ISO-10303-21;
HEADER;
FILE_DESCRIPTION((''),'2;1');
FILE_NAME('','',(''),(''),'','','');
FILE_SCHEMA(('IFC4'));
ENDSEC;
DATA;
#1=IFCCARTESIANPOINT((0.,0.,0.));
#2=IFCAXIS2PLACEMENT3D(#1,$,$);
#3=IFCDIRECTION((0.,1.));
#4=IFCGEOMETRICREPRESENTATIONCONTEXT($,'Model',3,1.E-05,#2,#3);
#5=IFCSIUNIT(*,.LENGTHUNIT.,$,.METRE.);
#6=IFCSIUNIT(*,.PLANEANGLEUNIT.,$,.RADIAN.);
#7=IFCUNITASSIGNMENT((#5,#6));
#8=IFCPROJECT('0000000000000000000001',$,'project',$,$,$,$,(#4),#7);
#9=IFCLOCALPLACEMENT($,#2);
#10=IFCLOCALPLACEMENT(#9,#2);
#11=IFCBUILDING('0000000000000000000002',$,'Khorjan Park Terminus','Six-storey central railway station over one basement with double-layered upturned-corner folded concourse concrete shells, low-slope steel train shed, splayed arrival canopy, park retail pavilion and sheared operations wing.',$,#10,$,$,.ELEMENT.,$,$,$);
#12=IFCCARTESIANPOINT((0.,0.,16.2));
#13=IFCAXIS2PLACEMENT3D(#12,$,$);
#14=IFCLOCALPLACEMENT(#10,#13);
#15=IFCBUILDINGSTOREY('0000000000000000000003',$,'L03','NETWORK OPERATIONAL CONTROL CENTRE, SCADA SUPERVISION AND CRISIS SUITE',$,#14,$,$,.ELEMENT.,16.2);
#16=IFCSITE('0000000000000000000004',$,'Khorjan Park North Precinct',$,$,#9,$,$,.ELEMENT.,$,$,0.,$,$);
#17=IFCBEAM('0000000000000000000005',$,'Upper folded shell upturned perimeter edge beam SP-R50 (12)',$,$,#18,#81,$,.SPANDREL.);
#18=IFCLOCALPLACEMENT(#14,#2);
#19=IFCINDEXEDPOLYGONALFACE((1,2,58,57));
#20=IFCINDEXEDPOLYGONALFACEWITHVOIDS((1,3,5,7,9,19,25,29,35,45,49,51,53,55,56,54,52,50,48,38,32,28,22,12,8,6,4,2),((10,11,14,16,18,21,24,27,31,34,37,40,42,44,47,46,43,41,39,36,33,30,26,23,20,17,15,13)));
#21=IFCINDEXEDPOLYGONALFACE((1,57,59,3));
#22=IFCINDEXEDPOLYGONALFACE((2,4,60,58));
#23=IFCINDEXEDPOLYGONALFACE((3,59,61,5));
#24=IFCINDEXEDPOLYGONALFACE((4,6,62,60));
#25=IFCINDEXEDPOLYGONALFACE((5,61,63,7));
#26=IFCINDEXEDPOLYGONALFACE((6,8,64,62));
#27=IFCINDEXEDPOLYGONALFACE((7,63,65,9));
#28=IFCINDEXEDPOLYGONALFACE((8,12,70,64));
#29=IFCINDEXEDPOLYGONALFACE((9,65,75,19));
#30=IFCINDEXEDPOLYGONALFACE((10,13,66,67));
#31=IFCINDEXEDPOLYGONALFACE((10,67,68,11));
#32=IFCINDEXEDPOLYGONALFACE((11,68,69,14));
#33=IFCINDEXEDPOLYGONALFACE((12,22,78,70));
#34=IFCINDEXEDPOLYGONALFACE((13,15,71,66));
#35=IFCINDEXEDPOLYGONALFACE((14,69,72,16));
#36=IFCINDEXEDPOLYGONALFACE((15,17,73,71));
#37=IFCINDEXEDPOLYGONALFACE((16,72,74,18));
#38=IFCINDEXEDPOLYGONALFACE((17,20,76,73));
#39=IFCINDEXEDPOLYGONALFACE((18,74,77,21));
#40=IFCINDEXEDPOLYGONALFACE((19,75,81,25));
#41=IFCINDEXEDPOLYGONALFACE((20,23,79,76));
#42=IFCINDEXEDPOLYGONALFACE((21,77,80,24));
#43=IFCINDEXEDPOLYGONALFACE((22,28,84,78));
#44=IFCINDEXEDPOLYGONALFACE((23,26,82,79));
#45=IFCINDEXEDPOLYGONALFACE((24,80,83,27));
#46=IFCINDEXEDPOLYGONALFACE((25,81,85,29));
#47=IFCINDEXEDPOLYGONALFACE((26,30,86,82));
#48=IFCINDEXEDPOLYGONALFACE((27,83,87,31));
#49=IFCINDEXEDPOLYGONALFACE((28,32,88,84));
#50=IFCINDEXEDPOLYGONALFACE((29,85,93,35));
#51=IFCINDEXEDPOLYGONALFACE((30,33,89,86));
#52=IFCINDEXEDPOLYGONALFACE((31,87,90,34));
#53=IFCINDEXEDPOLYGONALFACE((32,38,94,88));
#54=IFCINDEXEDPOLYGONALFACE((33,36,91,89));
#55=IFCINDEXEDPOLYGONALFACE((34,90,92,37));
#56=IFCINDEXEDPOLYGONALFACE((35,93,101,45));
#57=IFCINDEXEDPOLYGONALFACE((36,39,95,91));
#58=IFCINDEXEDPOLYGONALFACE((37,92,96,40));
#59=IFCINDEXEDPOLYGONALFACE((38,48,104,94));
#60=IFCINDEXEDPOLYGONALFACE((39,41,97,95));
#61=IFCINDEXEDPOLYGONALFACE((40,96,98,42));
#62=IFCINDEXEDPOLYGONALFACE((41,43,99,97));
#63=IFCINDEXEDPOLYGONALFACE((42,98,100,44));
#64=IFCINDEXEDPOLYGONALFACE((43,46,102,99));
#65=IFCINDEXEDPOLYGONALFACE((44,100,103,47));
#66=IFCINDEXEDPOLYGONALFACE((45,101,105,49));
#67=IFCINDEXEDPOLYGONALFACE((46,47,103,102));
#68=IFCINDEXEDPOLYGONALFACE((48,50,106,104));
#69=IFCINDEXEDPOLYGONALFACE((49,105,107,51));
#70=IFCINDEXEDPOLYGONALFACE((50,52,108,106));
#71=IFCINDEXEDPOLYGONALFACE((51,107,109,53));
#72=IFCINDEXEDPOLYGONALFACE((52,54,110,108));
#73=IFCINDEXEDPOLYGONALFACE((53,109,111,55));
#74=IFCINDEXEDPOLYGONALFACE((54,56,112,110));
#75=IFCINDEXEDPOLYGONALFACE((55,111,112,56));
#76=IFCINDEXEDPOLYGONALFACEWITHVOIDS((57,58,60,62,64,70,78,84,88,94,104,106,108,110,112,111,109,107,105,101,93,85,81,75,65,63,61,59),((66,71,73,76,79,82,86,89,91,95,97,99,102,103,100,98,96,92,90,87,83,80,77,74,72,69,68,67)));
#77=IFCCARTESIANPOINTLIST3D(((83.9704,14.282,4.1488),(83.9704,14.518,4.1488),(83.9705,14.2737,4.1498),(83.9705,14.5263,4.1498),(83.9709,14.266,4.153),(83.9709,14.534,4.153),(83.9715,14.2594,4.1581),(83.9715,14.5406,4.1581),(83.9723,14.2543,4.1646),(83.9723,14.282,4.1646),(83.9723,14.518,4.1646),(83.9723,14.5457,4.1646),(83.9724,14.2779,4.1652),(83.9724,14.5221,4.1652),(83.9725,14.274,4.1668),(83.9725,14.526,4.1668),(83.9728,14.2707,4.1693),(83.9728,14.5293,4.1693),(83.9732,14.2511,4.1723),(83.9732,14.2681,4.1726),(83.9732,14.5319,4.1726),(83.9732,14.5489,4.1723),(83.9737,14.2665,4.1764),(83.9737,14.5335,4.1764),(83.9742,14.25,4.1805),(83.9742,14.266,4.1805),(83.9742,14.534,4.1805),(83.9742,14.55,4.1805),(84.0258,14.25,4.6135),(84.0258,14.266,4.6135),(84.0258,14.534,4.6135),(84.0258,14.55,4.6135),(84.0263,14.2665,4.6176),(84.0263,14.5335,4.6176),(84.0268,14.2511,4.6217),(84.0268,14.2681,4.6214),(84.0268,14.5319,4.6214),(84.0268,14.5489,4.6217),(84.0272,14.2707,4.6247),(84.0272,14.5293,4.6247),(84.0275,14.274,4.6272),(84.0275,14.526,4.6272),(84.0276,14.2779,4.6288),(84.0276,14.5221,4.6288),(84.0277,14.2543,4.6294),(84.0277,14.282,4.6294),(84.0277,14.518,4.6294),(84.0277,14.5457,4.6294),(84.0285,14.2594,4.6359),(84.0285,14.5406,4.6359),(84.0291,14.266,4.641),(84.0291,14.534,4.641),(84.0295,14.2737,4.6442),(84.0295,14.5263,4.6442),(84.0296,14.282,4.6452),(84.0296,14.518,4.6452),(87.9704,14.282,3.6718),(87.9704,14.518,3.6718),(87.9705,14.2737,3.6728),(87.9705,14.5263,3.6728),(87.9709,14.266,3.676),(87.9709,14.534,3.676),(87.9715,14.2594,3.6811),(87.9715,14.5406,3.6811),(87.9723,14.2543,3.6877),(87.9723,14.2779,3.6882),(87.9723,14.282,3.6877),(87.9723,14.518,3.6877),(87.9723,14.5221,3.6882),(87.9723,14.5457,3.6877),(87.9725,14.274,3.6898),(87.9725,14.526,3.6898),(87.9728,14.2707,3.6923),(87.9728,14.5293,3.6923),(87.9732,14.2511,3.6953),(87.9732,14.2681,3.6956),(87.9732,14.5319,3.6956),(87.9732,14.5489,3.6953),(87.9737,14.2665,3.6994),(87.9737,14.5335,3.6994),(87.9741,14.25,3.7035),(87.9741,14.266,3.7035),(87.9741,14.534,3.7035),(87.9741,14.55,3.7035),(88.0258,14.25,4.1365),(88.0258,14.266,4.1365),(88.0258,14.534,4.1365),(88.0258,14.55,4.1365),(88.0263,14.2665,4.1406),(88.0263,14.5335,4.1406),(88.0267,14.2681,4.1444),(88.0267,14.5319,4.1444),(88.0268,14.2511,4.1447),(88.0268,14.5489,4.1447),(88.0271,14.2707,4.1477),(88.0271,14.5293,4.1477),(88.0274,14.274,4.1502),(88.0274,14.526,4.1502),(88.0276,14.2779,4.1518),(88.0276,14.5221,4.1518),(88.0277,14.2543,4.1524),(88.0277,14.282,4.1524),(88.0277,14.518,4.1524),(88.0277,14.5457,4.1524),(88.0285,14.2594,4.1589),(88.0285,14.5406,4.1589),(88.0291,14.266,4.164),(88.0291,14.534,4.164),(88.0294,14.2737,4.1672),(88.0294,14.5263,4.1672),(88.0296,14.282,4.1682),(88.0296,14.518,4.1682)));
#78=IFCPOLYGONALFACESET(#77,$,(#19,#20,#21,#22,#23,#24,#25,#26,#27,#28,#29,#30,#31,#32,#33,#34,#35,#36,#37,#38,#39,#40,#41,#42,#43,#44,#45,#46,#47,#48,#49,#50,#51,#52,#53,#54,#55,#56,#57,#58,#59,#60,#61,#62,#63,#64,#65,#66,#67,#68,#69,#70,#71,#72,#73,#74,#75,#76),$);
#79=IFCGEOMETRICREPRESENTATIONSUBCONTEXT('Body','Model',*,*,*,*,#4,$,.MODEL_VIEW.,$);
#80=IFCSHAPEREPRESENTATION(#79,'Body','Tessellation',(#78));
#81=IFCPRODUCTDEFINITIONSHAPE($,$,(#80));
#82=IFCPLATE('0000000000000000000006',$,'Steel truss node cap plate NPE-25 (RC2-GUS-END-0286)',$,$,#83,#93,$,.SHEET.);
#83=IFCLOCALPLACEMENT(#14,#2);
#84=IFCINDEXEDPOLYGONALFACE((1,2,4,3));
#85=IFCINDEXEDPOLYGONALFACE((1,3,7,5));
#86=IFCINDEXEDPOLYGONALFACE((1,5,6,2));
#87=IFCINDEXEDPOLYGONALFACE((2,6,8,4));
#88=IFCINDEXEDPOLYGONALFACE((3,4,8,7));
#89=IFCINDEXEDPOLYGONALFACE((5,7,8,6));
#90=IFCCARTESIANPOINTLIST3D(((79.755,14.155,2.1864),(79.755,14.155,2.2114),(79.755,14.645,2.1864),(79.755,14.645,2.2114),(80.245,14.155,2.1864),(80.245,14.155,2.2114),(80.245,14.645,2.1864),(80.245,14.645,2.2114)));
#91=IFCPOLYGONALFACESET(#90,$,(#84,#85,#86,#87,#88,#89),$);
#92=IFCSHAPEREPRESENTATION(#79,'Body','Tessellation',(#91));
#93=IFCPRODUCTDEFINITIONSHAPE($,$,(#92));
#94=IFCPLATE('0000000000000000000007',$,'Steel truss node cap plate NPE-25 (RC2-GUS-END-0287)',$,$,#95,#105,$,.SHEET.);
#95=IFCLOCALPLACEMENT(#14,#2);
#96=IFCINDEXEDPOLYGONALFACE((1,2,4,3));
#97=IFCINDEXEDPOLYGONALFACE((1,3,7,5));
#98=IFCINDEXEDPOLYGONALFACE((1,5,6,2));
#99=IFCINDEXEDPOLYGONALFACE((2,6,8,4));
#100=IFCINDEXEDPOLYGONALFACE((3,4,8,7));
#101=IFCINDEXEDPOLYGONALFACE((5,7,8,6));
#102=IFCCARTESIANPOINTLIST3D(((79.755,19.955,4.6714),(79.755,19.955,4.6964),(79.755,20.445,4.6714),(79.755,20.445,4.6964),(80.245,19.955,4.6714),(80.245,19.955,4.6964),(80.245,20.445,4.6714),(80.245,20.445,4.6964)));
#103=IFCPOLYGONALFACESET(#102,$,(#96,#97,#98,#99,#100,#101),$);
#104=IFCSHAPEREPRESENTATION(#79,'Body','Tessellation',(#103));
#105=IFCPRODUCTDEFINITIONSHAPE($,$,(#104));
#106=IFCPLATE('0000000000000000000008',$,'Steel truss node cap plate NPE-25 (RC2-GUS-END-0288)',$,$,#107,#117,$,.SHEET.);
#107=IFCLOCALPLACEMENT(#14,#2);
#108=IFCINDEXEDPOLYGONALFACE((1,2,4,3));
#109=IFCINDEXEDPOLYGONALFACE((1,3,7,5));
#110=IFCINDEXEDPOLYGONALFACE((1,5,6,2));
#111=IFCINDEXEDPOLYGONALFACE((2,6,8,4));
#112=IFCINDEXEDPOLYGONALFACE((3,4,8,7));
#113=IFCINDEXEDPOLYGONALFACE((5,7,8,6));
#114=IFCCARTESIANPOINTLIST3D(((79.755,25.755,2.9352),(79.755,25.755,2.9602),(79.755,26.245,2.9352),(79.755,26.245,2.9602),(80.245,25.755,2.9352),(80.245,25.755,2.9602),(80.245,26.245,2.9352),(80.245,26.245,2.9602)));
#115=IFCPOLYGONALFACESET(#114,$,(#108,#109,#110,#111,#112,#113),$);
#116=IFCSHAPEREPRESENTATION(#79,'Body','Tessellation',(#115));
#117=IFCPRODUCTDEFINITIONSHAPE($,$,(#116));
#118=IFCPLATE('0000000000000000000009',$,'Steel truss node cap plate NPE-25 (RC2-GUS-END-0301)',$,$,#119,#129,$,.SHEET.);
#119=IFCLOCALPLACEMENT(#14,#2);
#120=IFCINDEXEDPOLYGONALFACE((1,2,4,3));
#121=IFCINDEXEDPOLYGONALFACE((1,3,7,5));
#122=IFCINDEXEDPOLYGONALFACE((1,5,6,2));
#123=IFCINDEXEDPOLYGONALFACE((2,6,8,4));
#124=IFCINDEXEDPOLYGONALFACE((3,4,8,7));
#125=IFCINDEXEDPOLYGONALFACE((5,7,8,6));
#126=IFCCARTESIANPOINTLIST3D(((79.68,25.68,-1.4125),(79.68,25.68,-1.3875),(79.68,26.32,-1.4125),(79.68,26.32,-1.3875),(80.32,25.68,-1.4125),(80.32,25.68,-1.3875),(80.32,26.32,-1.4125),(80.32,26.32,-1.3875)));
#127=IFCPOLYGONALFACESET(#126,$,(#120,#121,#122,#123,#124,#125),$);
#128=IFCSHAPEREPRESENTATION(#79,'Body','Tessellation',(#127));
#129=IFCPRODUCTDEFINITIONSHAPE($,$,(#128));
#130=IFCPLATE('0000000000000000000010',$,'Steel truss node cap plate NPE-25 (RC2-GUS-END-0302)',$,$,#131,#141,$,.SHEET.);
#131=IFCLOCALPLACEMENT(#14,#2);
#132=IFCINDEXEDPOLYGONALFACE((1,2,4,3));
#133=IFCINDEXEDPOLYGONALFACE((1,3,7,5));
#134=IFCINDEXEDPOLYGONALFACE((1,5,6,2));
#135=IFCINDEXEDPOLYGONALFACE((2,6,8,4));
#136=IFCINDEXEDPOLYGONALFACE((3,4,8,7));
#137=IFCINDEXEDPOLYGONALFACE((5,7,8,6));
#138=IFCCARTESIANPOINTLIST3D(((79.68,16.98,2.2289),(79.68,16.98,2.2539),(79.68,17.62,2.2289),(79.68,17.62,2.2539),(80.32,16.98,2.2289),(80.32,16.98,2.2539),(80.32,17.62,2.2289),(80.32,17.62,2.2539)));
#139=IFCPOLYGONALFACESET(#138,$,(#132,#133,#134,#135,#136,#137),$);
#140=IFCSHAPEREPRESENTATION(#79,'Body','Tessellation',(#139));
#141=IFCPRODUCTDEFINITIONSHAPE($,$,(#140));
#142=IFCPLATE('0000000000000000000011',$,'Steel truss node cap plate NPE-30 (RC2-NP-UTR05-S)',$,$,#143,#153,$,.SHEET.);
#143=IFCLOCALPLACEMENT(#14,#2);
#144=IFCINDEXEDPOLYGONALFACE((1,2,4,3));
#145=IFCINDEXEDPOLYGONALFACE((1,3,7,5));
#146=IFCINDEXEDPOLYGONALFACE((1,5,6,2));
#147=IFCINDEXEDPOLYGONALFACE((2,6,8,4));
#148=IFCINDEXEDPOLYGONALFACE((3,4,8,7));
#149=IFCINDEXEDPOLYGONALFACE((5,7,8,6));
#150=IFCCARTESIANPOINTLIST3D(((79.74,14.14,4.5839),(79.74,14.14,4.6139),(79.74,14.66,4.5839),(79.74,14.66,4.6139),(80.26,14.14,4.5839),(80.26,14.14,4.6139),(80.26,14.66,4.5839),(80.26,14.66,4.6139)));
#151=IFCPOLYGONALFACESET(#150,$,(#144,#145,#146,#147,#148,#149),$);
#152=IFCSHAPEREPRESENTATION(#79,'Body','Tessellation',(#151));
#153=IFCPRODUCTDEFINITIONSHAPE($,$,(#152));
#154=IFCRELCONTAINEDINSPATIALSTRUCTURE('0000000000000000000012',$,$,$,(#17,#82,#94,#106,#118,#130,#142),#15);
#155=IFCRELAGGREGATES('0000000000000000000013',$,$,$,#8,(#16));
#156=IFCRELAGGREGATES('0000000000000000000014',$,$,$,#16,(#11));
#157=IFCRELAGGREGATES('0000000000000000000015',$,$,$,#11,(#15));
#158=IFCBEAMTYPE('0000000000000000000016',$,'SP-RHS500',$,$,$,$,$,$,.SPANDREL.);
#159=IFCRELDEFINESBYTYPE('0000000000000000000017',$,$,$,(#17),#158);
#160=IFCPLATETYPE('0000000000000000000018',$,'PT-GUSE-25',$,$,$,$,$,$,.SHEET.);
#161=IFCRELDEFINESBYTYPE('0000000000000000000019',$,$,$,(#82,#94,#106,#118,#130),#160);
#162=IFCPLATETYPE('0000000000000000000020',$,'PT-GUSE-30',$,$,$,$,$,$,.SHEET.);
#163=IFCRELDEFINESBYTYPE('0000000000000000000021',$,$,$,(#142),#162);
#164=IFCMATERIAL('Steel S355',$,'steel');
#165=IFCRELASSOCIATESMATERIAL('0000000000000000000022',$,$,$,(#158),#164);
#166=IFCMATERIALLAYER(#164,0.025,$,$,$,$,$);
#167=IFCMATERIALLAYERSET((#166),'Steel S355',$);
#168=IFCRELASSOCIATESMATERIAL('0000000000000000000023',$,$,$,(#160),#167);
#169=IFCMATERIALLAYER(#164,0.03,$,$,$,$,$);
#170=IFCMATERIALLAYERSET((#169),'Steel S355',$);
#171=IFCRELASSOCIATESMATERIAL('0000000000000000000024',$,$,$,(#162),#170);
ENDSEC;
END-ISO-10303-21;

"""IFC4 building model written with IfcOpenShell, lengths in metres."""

from ifc_helpers import new_model, si_unit, direction, frame, origin, origin_2d, place, context, subcontext, project, spatial, rectangle, hollow_rectangle, extrude, material, layer, layer_set, material_profile, profile_set, type_object, element, save


model = new_model("IFC4")

# Units and contexts
model_context = context("Model", 3, precision=1e-05, world=origin(), true_north=direction((0.0, 1.0)))
body_context = subcontext(model_context, "Body", "Model", "MODEL_VIEW")
ifc_project = project(units=[si_unit("LENGTHUNIT", "METRE"), si_unit("PLANEANGLEUNIT", "RADIAN")], contexts=[model_context])

# Site, building, storey
site_placement = place(None, origin())
site = spatial("IfcSite", under=ifc_project, at=site_placement, Name="Khorjan Park North Precinct", CompositionType="ELEMENT", RefElevation=0.0)
building_placement = place(site_placement, origin())
building = spatial("IfcBuilding", under=site, at=building_placement, Name="Khorjan Park Terminus", Description="Six-storey central railway station over one basement with double-layered upturned-corner folded concourse concrete shells, low-slope steel train shed, splayed arrival canopy, park retail pavilion and sheared operations wing.", CompositionType="ELEMENT")
storey_placement = place(building_placement, frame((0.0, 0.0, 16.2)))
storey = spatial("IfcBuildingStorey", under=building, at=storey_placement, Name="L03", Description="NETWORK OPERATIONAL CONTROL CENTRE, SCADA SUPERVISION AND CRISIS SUITE", CompositionType="ELEMENT", Elevation=16.2)

# Shared definitions
ifc_material_1 = material(Name="Steel S355", Category="steel")

# Beam
ifc_material_profile_1 = material_profile(ifc_material_1, hollow_rectangle(XDim=0.3, YDim=0.5, WallThickness=0.016, InnerFilletRadius=0.016, OuterFilletRadius=0.032, at=origin_2d()), Name="RHS 500x300x16")
ifc_profile_set_1 = profile_set([ifc_material_profile_1], Name="Steel S355")
beam_type_1 = type_object("IfcBeamType", Name="SP-RHS500", PredefinedType="SPANDREL", material=ifc_profile_set_1)
beam_1_placement = place(storey_placement, frame((84.0, 14.4, 4.397), z_axis=(0.992965, 0.0, -0.118411), x_axis=(0.0, 1.0, 0.0)))
element("IfcBeam", 1, at=beam_1_placement, inside=storey, type_object=beam_type_1, Name="Upper folded shell upturned perimeter edge beam SP-R50 (12)", PredefinedType="SPANDREL", context=body_context, shape_type="SweptSolid", body=[
    extrude(hollow_rectangle(XDim=0.3, YDim=0.5, WallThickness=0.016, InnerFilletRadius=0.016, OuterFilletRadius=0.032, at=origin_2d()), origin(), (0.0, 0.0, 1.0), 4.0283),
])

# Plates
ifc_layer_1 = layer(ifc_material_1, 0.025)
ifc_layer_set_1 = layer_set([ifc_layer_1], Name="Steel S355")
plate_type_1 = type_object("IfcPlateType", Name="PT-GUSE-25", PredefinedType="SHEET", material=ifc_layer_set_1)
for number, where, z_axis, x_axis, name in (
    (2, (80.0, 14.4, 2.1864), (0.0, 0.0, 1.0), (1.0, 0.0, 0.0), "Steel truss node cap plate NPE-25 (RC2-GUS-END-0286)"),
    (3, (80.0, 20.2, 4.6714), (0.0, 0.0, 1.0), (1.0, 0.0, 0.0), "Steel truss node cap plate NPE-25 (RC2-GUS-END-0287)"),
    (4, (80.0, 26.0, 2.9352), (0.0, 0.0, 1.0), (1.0, 0.0, 0.0), "Steel truss node cap plate NPE-25 (RC2-GUS-END-0288)"),
):
    element("IfcPlate", number, at=place(storey_placement, frame(where, z_axis=z_axis, x_axis=x_axis)), inside=storey, type_object=plate_type_1, Name=name, PredefinedType="SHEET", context=body_context, shape_type="SweptSolid", body=[
        extrude(rectangle(XDim=0.49, YDim=0.49, at=origin_2d()), origin(), (0.0, 0.0, 1.0), 0.025),
    ])
for number, where, z_axis, x_axis, name in (
    (5, (80.0, 26.0, -1.4125), (0.0, 0.0, 1.0), (1.0, 0.0, 0.0), "Steel truss node cap plate NPE-25 (RC2-GUS-END-0301)"),
    (6, (80.0, 17.3, 2.2289), (0.0, 0.0, 1.0), (1.0, 0.0, 0.0), "Steel truss node cap plate NPE-25 (RC2-GUS-END-0302)"),
):
    element("IfcPlate", number, at=place(storey_placement, frame(where, z_axis=z_axis, x_axis=x_axis)), inside=storey, type_object=plate_type_1, Name=name, PredefinedType="SHEET", context=body_context, shape_type="SweptSolid", body=[
        extrude(rectangle(XDim=0.64, YDim=0.64, at=origin_2d()), origin(), (0.0, 0.0, 1.0), 0.025),
    ])
ifc_layer_2 = layer(ifc_material_1, 0.03)
ifc_layer_set_2 = layer_set([ifc_layer_2], Name="Steel S355")
plate_type_2 = type_object("IfcPlateType", Name="PT-GUSE-30", PredefinedType="SHEET", material=ifc_layer_set_2)
plate_placement = place(storey_placement, frame((80.0, 14.4, 4.5839), z_axis=(0.0, 0.0, 1.0), x_axis=(1.0, 0.0, 0.0)))
element("IfcPlate", 7, at=plate_placement, inside=storey, type_object=plate_type_2, Name="Steel truss node cap plate NPE-30 (RC2-NP-UTR05-S)", PredefinedType="SHEET", context=body_context, shape_type="SweptSolid", body=[
    extrude(rectangle(XDim=0.52, YDim=0.52, at=origin_2d()), origin(), (0.0, 0.0, 1.0), 0.03),
])

save(model, "model.ifc")
